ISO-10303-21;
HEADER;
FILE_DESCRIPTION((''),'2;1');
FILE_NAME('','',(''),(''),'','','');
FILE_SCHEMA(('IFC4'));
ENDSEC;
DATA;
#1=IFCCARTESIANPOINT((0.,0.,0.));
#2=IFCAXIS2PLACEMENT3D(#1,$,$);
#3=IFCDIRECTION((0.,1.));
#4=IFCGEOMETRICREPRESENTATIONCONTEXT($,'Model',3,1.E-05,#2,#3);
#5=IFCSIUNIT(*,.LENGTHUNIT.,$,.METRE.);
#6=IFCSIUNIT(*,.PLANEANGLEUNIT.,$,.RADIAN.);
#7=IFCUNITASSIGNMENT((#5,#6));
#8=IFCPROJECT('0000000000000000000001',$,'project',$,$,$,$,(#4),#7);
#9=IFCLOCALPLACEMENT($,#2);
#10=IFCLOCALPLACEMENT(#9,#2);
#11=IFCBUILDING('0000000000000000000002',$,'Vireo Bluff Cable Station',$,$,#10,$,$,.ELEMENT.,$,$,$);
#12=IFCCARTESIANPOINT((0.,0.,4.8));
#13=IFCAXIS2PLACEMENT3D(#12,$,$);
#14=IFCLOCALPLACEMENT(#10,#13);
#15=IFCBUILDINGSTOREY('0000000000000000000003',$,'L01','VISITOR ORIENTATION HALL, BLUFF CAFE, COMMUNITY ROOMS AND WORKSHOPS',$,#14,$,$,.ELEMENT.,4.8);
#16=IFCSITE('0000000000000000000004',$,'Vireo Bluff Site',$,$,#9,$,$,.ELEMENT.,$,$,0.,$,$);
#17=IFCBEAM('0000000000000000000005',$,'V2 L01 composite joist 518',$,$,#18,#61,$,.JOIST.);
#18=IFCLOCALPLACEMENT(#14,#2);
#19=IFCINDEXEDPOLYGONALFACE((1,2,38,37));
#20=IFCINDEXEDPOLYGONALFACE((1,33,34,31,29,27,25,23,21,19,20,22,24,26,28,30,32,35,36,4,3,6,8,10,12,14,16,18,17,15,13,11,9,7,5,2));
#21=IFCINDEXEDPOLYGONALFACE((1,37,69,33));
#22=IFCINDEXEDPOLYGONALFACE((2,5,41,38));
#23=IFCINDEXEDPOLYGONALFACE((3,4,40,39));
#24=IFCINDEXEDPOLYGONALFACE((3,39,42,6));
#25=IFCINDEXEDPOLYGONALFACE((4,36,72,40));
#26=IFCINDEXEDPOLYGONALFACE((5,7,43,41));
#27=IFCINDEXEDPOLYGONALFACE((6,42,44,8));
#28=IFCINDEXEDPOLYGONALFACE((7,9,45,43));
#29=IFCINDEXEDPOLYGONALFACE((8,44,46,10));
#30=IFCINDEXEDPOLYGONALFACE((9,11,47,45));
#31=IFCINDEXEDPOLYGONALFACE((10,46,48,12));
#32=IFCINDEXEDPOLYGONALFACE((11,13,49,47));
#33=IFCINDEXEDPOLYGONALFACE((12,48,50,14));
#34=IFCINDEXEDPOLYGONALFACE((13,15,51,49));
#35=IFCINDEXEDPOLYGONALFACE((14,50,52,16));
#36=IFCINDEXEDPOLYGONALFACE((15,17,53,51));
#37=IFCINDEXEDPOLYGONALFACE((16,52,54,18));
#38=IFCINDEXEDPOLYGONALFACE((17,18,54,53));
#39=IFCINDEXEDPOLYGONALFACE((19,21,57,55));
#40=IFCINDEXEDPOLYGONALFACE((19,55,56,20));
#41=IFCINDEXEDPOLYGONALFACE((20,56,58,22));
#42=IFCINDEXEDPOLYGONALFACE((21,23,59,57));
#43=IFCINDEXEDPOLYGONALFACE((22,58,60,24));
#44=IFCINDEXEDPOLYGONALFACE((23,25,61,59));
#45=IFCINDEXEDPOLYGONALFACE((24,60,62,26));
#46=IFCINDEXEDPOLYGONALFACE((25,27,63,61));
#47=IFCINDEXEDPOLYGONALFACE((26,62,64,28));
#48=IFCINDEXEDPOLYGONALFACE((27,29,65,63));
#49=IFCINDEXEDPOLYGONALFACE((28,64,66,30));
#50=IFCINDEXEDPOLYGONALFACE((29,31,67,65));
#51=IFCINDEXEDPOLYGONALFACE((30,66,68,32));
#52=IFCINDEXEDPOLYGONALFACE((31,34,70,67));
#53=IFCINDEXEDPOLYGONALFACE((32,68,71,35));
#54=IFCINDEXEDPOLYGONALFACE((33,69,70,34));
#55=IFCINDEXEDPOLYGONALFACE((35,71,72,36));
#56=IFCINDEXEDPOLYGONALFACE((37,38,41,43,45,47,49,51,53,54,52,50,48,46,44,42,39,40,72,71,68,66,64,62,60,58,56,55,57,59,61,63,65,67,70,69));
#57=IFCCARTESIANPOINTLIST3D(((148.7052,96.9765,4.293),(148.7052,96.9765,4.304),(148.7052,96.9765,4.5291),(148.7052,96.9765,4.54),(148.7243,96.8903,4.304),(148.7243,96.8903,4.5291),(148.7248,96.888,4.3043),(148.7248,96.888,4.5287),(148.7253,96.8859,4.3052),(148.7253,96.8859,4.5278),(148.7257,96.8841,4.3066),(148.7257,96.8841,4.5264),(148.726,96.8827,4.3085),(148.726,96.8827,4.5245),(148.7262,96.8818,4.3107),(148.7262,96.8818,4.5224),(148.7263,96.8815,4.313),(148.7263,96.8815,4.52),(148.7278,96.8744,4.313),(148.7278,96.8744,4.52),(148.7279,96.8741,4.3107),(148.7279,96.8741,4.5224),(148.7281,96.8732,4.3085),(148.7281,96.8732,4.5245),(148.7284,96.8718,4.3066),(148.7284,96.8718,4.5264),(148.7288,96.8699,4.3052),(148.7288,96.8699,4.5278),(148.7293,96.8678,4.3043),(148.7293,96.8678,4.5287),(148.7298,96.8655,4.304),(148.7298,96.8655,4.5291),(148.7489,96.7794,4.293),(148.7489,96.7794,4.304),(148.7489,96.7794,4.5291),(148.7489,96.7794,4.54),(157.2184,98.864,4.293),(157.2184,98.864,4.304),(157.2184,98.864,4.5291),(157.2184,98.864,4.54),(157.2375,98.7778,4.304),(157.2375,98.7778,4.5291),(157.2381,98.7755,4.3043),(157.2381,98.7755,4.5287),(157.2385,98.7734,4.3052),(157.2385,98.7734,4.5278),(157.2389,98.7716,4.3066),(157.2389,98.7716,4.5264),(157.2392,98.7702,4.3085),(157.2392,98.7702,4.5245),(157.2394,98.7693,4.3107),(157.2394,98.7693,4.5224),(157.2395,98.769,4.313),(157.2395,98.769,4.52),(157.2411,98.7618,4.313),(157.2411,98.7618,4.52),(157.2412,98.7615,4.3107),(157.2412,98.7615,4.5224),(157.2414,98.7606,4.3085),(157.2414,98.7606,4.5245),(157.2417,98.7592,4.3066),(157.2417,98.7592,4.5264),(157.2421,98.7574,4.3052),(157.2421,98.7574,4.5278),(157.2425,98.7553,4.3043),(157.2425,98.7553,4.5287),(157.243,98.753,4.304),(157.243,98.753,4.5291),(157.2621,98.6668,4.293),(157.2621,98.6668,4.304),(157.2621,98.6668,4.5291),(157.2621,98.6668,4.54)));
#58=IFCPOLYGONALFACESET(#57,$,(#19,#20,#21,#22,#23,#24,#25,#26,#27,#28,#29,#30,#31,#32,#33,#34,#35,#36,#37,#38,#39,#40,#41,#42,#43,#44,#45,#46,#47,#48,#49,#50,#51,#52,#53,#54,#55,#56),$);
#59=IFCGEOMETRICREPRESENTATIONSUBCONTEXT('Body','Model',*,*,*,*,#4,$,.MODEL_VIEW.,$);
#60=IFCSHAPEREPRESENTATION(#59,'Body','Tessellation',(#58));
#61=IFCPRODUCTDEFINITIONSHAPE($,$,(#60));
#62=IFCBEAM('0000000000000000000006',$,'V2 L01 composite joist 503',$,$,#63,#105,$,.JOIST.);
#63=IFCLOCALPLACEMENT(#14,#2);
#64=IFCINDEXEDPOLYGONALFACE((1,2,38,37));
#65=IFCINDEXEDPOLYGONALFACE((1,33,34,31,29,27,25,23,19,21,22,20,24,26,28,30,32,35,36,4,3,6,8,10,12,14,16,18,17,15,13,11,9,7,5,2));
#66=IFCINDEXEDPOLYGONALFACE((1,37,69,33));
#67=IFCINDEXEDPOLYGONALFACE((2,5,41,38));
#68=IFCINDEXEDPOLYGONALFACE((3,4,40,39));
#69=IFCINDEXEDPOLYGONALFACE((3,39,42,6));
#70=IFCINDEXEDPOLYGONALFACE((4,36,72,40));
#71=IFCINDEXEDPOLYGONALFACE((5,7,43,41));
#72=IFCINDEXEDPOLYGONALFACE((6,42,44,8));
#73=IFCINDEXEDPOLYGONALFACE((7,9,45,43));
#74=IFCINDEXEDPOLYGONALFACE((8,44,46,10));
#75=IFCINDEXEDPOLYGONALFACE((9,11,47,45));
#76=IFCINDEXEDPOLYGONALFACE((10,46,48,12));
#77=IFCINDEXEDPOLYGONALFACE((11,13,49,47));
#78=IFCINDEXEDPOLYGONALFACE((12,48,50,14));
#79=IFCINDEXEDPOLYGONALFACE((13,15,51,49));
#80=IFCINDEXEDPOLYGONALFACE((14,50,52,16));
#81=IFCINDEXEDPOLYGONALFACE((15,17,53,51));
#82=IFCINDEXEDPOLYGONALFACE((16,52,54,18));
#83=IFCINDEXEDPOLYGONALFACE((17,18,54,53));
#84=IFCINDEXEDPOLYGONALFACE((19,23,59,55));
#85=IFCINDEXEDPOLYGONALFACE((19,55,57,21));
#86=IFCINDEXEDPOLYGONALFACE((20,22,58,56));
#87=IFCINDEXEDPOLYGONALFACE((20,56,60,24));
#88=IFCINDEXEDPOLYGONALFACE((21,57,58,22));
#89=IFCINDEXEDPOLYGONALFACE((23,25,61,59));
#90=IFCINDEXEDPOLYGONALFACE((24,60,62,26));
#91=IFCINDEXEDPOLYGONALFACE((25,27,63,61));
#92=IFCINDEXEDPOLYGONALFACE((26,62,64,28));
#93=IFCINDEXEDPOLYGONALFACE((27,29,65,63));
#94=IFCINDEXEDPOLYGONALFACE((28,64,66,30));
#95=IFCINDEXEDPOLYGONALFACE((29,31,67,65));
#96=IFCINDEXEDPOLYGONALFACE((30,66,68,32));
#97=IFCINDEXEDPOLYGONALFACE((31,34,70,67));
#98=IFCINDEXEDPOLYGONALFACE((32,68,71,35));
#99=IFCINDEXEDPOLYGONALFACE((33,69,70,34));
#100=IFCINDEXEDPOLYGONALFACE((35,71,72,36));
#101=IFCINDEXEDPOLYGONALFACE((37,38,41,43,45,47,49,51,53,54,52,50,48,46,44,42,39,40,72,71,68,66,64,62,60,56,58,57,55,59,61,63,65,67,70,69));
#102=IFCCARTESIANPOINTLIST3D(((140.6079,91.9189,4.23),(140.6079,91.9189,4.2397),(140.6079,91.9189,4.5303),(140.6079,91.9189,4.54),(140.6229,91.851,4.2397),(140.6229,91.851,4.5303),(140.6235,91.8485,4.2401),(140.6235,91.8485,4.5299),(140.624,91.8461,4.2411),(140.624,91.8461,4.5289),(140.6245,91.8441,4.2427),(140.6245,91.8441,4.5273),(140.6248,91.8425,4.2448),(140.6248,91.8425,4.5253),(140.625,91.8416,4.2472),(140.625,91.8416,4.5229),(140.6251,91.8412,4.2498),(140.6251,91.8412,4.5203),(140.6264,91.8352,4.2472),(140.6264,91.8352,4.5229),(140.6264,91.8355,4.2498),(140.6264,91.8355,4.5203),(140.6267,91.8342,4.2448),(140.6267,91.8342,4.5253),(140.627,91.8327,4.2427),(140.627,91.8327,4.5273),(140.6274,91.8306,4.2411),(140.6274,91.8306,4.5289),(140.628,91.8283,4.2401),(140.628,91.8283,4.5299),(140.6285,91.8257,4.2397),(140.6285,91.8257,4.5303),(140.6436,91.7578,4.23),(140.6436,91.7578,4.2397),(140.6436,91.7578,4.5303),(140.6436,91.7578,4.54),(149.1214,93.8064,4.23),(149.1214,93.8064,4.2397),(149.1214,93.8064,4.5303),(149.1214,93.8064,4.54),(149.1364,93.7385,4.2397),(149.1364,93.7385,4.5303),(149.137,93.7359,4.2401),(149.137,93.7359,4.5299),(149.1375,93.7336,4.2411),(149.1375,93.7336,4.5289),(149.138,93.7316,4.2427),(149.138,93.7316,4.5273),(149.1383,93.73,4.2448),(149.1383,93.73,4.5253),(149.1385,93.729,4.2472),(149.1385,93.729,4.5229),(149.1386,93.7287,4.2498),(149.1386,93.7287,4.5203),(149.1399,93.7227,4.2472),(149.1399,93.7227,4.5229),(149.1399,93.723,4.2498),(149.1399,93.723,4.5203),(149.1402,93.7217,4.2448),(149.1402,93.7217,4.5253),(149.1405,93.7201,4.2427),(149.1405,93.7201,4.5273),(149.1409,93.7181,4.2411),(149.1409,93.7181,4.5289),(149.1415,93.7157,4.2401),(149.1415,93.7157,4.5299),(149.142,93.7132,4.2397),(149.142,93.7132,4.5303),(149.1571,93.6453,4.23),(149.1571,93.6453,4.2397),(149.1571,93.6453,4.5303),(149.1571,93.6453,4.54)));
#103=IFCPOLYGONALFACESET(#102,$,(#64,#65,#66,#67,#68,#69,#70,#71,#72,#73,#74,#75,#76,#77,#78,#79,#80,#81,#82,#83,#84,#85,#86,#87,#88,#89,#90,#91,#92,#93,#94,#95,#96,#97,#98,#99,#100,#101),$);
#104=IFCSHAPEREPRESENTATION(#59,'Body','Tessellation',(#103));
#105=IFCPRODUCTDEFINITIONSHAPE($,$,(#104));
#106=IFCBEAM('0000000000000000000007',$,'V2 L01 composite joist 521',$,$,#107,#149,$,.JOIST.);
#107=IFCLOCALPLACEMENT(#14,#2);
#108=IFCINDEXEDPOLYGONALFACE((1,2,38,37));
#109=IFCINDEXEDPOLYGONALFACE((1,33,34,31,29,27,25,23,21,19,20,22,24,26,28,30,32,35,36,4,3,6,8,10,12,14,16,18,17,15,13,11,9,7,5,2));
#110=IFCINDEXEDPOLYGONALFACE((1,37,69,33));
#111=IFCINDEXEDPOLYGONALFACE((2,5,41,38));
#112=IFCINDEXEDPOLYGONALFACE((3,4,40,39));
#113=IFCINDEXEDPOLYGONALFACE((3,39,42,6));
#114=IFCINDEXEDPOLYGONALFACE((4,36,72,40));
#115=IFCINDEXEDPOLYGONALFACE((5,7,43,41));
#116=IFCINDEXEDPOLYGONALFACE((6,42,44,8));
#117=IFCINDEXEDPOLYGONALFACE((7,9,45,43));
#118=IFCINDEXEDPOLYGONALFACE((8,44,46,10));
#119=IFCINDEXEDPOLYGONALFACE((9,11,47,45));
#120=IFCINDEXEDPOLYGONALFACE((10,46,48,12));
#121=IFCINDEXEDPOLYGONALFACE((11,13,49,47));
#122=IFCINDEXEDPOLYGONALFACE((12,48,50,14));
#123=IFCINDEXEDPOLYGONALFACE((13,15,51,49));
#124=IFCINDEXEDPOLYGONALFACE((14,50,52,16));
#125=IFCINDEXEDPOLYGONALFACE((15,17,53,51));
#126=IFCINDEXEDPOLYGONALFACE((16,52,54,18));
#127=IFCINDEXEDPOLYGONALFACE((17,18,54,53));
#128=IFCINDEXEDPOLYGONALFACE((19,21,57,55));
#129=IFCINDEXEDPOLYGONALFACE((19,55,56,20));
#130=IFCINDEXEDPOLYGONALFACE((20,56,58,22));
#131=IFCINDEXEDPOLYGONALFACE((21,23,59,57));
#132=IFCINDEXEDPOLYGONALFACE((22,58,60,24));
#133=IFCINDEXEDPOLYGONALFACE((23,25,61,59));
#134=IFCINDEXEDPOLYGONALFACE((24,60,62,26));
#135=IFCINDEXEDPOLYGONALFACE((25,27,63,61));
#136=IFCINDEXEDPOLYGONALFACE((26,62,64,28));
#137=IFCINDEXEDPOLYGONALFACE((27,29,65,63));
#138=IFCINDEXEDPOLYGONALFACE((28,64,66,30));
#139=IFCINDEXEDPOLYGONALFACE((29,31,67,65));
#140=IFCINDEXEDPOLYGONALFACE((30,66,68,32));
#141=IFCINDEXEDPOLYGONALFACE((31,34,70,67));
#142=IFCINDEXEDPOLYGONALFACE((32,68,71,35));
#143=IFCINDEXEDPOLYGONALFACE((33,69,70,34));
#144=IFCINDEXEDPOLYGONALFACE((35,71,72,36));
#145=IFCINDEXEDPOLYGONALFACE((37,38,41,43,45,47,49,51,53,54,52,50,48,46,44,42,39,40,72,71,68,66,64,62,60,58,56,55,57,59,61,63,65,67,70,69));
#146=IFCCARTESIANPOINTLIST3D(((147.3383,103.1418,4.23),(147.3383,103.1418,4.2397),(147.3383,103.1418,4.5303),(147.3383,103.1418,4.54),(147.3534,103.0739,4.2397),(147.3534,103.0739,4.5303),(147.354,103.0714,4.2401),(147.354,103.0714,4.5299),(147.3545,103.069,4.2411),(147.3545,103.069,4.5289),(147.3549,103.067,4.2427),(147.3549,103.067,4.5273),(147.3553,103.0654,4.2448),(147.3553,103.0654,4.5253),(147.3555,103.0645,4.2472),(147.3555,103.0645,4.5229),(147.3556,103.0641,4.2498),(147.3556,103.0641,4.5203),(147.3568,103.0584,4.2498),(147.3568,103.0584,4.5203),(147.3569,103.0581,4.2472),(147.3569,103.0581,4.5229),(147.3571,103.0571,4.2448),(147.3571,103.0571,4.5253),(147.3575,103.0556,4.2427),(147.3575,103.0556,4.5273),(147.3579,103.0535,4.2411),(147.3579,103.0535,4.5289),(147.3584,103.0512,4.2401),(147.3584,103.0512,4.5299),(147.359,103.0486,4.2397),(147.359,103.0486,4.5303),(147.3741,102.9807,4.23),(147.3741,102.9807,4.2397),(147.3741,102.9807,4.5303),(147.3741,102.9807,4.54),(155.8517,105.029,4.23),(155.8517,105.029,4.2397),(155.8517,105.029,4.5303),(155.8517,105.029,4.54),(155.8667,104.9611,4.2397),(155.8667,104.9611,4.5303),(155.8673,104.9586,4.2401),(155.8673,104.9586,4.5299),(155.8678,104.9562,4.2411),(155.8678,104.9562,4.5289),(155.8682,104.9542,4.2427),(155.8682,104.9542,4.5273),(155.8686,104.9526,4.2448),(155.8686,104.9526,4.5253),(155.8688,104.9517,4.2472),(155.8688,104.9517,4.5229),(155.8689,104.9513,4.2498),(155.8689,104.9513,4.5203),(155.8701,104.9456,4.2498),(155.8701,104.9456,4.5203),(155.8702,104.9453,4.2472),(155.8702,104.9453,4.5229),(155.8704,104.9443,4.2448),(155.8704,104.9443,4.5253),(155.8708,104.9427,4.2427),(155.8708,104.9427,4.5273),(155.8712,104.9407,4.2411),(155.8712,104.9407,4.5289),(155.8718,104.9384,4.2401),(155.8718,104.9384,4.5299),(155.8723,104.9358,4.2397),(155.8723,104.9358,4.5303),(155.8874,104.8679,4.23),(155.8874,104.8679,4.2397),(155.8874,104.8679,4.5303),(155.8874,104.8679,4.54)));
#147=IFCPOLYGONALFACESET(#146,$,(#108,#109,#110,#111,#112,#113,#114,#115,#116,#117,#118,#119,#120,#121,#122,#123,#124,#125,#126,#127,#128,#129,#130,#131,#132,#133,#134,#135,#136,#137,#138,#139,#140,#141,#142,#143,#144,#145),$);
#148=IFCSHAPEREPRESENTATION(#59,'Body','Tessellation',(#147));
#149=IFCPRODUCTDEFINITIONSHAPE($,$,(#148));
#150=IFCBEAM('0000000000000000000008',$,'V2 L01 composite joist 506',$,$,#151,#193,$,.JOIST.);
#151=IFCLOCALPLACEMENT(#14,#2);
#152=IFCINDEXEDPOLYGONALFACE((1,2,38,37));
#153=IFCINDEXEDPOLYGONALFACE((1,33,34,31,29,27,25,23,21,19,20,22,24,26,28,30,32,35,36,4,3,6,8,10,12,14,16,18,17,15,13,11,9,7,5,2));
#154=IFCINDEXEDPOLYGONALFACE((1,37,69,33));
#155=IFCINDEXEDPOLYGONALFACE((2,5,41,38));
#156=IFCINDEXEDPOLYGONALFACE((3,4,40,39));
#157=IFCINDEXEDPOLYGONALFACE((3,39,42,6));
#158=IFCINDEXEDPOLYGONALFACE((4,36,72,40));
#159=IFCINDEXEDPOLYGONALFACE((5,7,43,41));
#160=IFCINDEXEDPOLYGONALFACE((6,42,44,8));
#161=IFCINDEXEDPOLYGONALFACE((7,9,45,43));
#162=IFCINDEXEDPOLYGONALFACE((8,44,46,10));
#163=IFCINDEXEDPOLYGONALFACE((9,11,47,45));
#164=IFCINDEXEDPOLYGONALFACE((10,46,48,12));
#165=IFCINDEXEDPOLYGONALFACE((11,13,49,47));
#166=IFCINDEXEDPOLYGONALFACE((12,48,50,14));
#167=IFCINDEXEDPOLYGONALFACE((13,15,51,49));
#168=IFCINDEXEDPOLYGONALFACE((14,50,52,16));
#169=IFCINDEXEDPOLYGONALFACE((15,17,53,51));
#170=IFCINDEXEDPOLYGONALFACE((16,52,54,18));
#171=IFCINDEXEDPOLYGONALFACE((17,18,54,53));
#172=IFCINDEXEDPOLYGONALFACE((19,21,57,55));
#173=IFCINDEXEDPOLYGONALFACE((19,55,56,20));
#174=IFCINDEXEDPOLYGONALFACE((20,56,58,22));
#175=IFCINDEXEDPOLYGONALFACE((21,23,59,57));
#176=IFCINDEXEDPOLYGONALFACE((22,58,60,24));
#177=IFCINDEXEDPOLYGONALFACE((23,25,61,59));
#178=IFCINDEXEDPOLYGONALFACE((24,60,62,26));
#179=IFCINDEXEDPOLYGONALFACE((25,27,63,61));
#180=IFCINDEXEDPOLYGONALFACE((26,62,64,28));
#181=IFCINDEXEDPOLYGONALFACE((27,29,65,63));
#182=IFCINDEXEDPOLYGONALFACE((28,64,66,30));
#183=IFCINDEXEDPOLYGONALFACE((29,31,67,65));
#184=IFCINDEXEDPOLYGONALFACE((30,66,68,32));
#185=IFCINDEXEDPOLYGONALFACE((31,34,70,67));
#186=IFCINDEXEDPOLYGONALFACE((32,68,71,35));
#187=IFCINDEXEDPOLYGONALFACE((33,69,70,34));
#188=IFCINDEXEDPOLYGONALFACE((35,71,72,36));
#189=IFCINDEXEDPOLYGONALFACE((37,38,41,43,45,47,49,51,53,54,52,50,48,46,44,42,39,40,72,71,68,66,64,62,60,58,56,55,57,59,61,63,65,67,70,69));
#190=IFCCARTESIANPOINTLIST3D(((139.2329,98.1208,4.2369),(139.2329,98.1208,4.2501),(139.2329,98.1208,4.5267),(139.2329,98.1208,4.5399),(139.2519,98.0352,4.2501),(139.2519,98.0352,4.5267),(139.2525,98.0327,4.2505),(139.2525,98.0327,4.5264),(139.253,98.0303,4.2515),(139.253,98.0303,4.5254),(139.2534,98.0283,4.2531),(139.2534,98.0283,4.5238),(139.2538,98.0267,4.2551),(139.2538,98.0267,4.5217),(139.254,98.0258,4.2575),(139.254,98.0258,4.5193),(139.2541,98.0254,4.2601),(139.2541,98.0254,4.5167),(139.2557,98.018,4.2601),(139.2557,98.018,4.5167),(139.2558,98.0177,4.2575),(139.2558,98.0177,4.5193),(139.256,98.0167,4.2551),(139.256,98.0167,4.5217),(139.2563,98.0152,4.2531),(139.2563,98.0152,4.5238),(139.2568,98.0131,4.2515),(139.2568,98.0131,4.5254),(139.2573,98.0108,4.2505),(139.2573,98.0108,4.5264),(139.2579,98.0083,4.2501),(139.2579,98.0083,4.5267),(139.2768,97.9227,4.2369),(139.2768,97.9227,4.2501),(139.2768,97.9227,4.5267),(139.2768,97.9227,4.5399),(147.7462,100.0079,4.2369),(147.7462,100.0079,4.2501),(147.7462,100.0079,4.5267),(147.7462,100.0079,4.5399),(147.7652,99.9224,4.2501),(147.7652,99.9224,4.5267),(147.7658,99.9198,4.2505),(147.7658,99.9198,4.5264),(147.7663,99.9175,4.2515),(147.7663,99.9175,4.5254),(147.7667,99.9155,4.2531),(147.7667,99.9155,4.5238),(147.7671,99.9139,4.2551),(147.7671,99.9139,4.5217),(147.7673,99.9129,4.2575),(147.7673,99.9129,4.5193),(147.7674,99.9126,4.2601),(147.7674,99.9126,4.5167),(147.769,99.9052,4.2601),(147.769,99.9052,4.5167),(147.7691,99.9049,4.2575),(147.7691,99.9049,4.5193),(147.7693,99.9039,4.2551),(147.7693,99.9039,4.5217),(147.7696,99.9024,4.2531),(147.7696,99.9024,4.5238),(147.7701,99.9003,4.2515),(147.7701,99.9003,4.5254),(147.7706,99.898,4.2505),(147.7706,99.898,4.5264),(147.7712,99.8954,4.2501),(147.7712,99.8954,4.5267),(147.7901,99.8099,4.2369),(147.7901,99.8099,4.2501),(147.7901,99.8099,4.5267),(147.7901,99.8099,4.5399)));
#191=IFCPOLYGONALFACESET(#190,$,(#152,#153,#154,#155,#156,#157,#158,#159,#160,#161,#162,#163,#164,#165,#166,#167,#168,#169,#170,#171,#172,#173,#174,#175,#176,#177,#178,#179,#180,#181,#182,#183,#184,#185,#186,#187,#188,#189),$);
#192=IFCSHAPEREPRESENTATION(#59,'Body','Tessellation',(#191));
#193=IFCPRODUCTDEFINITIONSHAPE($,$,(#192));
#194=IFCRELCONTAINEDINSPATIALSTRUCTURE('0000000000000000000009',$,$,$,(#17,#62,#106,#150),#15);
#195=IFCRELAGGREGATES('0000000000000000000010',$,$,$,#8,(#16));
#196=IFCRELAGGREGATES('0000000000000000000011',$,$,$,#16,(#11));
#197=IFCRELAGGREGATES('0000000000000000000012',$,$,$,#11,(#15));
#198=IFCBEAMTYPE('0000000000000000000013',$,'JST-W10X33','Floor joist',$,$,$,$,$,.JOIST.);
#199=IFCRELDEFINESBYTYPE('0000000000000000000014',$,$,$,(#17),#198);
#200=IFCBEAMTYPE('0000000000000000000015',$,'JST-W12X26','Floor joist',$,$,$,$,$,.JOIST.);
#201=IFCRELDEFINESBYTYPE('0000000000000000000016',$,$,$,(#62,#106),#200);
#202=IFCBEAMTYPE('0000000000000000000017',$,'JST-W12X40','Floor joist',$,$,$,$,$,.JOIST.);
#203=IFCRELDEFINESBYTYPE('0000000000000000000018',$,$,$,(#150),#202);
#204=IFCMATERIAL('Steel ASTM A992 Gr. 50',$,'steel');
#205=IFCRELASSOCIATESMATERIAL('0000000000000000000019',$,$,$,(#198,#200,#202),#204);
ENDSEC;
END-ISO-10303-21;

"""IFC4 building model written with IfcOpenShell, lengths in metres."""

from ifc_helpers import new_model, si_unit, direction, frame, origin, origin_2d, place, context, subcontext, project, spatial, i_section, extrude, material, material_profile, profile_set, type_object, element, save


model = new_model("IFC4")

# Units and contexts
model_context = context("Model", 3, precision=1e-05, world=origin(), true_north=direction((0.0, 1.0)))
body_context = subcontext(model_context, "Body", "Model", "MODEL_VIEW")
ifc_project = project(units=[si_unit("LENGTHUNIT", "METRE"), si_unit("PLANEANGLEUNIT", "RADIAN")], contexts=[model_context])

# Site, building, storey
site_placement = place(None, origin())
site = spatial("IfcSite", under=ifc_project, at=site_placement, Name="Vireo Bluff Site", CompositionType="ELEMENT", RefElevation=0.0)
building_placement = place(site_placement, origin())
building = spatial("IfcBuilding", under=site, at=building_placement, Name="Vireo Bluff Cable Station", CompositionType="ELEMENT")
storey_placement = place(building_placement, frame((0.0, 0.0, 4.8)))
storey = spatial("IfcBuildingStorey", under=building, at=storey_placement, Name="L01", Description="VISITOR ORIENTATION HALL, BLUFF CAFE, COMMUNITY ROOMS AND WORKSHOPS", CompositionType="ELEMENT", Elevation=4.8)

# Shared definitions
ifc_material_1 = material(Name="Steel ASTM A992 Gr. 50", Category="steel")

# Beams
ifc_material_profile_1 = material_profile(ifc_material_1, i_section(OverallWidth=0.2019, OverallDepth=0.2471, WebThickness=0.0073, FlangeThickness=0.011, FilletRadius=0.009, at=origin_2d()), Name="W10X33")
ifc_profile_set_1 = profile_set([ifc_material_profile_1], Name="Steel ASTM A992 Gr. 50")
beam_type_1 = type_object("IfcBeamType", Name="JST-W10X33", Description="Floor joist", PredefinedType="JOIST", material=ifc_profile_set_1)
beam_1_placement = place(storey_placement, frame((148.7271, 96.8779, 4.4165), z_axis=(0.976293, 0.216453, 0.0), x_axis=(-0.216453, 0.976293, 0.0)))
element("IfcBeam", 1, at=beam_1_placement, inside=storey, type_object=beam_type_1, Name="V2 L01 composite joist 518", PredefinedType="JOIST", context=body_context, shape_type="SweptSolid", body=[
    extrude(i_section(OverallWidth=0.2019, OverallDepth=0.2471, WebThickness=0.0073, FlangeThickness=0.011, FilletRadius=0.009, at=origin_2d()), origin(), (0.0, 0.0, 1.0), 8.72),
])
ifc_material_profile_2 = material_profile(ifc_material_1, i_section(OverallWidth=0.165, OverallDepth=0.3101, WebThickness=0.0059, FlangeThickness=0.0098, FilletRadius=0.01, at=origin_2d()), Name="W12X26")
ifc_profile_set_2 = profile_set([ifc_material_profile_2], Name="Steel ASTM A992 Gr. 50")
beam_type_2 = type_object("IfcBeamType", Name="JST-W12X26", Description="Floor joist", PredefinedType="JOIST", material=ifc_profile_set_2)
beam_2_placement = place(storey_placement, frame((140.6257, 91.8384, 4.385), z_axis=(0.976294, 0.216447, 0.0), x_axis=(-0.216447, 0.976294, 0.0)))
element("IfcBeam", 2, at=beam_2_placement, inside=storey, type_object=beam_type_2, Name="V2 L01 composite joist 503", PredefinedType="JOIST", context=body_context, shape_type="SweptSolid", body=[
    extrude(i_section(OverallWidth=0.165, OverallDepth=0.3101, WebThickness=0.0059, FlangeThickness=0.0098, FilletRadius=0.01, at=origin_2d()), origin(), (0.0, 0.0, 1.0), 8.7202),
])
beam_3_placement = place(storey_placement, frame((147.3562, 103.0613, 4.385), z_axis=(0.9763, 0.216421, 0.0), x_axis=(-0.216421, 0.9763, 0.0)))
element("IfcBeam", 3, at=beam_3_placement, inside=storey, type_object=beam_type_2, Name="V2 L01 composite joist 521", PredefinedType="JOIST", context=body_context, shape_type="SweptSolid", body=[
    extrude(i_section(OverallWidth=0.165, OverallDepth=0.3101, WebThickness=0.0059, FlangeThickness=0.0098, FilletRadius=0.01, at=origin_2d()), origin(), (0.0, 0.0, 1.0), 8.72),
])
ifc_material_profile_3 = material_profile(ifc_material_1, i_section(OverallWidth=0.2029, OverallDepth=0.303, WebThickness=0.0076, FlangeThickness=0.0132, FilletRadius=0.01, at=origin_2d()), Name="W12X40")
ifc_profile_set_3 = profile_set([ifc_material_profile_3], Name="Steel ASTM A992 Gr. 50")
beam_type_3 = type_object("IfcBeamType", Name="JST-W12X40", Description="Floor joist", PredefinedType="JOIST", material=ifc_profile_set_3)
beam_4_placement = place(storey_placement, frame((139.2549, 98.0217, 4.3884), z_axis=(0.9763, 0.216421, 0.0), x_axis=(-0.216421, 0.9763, 0.0)))
element("IfcBeam", 4, at=beam_4_placement, inside=storey, type_object=beam_type_3, Name="V2 L01 composite joist 506", PredefinedType="JOIST", context=body_context, shape_type="SweptSolid", body=[
    extrude(i_section(OverallWidth=0.2029, OverallDepth=0.303, WebThickness=0.0076, FlangeThickness=0.0132, FilletRadius=0.01, at=origin_2d()), origin(), (0.0, 0.0, 1.0), 8.72),
])

save(model, "model.ifc")
